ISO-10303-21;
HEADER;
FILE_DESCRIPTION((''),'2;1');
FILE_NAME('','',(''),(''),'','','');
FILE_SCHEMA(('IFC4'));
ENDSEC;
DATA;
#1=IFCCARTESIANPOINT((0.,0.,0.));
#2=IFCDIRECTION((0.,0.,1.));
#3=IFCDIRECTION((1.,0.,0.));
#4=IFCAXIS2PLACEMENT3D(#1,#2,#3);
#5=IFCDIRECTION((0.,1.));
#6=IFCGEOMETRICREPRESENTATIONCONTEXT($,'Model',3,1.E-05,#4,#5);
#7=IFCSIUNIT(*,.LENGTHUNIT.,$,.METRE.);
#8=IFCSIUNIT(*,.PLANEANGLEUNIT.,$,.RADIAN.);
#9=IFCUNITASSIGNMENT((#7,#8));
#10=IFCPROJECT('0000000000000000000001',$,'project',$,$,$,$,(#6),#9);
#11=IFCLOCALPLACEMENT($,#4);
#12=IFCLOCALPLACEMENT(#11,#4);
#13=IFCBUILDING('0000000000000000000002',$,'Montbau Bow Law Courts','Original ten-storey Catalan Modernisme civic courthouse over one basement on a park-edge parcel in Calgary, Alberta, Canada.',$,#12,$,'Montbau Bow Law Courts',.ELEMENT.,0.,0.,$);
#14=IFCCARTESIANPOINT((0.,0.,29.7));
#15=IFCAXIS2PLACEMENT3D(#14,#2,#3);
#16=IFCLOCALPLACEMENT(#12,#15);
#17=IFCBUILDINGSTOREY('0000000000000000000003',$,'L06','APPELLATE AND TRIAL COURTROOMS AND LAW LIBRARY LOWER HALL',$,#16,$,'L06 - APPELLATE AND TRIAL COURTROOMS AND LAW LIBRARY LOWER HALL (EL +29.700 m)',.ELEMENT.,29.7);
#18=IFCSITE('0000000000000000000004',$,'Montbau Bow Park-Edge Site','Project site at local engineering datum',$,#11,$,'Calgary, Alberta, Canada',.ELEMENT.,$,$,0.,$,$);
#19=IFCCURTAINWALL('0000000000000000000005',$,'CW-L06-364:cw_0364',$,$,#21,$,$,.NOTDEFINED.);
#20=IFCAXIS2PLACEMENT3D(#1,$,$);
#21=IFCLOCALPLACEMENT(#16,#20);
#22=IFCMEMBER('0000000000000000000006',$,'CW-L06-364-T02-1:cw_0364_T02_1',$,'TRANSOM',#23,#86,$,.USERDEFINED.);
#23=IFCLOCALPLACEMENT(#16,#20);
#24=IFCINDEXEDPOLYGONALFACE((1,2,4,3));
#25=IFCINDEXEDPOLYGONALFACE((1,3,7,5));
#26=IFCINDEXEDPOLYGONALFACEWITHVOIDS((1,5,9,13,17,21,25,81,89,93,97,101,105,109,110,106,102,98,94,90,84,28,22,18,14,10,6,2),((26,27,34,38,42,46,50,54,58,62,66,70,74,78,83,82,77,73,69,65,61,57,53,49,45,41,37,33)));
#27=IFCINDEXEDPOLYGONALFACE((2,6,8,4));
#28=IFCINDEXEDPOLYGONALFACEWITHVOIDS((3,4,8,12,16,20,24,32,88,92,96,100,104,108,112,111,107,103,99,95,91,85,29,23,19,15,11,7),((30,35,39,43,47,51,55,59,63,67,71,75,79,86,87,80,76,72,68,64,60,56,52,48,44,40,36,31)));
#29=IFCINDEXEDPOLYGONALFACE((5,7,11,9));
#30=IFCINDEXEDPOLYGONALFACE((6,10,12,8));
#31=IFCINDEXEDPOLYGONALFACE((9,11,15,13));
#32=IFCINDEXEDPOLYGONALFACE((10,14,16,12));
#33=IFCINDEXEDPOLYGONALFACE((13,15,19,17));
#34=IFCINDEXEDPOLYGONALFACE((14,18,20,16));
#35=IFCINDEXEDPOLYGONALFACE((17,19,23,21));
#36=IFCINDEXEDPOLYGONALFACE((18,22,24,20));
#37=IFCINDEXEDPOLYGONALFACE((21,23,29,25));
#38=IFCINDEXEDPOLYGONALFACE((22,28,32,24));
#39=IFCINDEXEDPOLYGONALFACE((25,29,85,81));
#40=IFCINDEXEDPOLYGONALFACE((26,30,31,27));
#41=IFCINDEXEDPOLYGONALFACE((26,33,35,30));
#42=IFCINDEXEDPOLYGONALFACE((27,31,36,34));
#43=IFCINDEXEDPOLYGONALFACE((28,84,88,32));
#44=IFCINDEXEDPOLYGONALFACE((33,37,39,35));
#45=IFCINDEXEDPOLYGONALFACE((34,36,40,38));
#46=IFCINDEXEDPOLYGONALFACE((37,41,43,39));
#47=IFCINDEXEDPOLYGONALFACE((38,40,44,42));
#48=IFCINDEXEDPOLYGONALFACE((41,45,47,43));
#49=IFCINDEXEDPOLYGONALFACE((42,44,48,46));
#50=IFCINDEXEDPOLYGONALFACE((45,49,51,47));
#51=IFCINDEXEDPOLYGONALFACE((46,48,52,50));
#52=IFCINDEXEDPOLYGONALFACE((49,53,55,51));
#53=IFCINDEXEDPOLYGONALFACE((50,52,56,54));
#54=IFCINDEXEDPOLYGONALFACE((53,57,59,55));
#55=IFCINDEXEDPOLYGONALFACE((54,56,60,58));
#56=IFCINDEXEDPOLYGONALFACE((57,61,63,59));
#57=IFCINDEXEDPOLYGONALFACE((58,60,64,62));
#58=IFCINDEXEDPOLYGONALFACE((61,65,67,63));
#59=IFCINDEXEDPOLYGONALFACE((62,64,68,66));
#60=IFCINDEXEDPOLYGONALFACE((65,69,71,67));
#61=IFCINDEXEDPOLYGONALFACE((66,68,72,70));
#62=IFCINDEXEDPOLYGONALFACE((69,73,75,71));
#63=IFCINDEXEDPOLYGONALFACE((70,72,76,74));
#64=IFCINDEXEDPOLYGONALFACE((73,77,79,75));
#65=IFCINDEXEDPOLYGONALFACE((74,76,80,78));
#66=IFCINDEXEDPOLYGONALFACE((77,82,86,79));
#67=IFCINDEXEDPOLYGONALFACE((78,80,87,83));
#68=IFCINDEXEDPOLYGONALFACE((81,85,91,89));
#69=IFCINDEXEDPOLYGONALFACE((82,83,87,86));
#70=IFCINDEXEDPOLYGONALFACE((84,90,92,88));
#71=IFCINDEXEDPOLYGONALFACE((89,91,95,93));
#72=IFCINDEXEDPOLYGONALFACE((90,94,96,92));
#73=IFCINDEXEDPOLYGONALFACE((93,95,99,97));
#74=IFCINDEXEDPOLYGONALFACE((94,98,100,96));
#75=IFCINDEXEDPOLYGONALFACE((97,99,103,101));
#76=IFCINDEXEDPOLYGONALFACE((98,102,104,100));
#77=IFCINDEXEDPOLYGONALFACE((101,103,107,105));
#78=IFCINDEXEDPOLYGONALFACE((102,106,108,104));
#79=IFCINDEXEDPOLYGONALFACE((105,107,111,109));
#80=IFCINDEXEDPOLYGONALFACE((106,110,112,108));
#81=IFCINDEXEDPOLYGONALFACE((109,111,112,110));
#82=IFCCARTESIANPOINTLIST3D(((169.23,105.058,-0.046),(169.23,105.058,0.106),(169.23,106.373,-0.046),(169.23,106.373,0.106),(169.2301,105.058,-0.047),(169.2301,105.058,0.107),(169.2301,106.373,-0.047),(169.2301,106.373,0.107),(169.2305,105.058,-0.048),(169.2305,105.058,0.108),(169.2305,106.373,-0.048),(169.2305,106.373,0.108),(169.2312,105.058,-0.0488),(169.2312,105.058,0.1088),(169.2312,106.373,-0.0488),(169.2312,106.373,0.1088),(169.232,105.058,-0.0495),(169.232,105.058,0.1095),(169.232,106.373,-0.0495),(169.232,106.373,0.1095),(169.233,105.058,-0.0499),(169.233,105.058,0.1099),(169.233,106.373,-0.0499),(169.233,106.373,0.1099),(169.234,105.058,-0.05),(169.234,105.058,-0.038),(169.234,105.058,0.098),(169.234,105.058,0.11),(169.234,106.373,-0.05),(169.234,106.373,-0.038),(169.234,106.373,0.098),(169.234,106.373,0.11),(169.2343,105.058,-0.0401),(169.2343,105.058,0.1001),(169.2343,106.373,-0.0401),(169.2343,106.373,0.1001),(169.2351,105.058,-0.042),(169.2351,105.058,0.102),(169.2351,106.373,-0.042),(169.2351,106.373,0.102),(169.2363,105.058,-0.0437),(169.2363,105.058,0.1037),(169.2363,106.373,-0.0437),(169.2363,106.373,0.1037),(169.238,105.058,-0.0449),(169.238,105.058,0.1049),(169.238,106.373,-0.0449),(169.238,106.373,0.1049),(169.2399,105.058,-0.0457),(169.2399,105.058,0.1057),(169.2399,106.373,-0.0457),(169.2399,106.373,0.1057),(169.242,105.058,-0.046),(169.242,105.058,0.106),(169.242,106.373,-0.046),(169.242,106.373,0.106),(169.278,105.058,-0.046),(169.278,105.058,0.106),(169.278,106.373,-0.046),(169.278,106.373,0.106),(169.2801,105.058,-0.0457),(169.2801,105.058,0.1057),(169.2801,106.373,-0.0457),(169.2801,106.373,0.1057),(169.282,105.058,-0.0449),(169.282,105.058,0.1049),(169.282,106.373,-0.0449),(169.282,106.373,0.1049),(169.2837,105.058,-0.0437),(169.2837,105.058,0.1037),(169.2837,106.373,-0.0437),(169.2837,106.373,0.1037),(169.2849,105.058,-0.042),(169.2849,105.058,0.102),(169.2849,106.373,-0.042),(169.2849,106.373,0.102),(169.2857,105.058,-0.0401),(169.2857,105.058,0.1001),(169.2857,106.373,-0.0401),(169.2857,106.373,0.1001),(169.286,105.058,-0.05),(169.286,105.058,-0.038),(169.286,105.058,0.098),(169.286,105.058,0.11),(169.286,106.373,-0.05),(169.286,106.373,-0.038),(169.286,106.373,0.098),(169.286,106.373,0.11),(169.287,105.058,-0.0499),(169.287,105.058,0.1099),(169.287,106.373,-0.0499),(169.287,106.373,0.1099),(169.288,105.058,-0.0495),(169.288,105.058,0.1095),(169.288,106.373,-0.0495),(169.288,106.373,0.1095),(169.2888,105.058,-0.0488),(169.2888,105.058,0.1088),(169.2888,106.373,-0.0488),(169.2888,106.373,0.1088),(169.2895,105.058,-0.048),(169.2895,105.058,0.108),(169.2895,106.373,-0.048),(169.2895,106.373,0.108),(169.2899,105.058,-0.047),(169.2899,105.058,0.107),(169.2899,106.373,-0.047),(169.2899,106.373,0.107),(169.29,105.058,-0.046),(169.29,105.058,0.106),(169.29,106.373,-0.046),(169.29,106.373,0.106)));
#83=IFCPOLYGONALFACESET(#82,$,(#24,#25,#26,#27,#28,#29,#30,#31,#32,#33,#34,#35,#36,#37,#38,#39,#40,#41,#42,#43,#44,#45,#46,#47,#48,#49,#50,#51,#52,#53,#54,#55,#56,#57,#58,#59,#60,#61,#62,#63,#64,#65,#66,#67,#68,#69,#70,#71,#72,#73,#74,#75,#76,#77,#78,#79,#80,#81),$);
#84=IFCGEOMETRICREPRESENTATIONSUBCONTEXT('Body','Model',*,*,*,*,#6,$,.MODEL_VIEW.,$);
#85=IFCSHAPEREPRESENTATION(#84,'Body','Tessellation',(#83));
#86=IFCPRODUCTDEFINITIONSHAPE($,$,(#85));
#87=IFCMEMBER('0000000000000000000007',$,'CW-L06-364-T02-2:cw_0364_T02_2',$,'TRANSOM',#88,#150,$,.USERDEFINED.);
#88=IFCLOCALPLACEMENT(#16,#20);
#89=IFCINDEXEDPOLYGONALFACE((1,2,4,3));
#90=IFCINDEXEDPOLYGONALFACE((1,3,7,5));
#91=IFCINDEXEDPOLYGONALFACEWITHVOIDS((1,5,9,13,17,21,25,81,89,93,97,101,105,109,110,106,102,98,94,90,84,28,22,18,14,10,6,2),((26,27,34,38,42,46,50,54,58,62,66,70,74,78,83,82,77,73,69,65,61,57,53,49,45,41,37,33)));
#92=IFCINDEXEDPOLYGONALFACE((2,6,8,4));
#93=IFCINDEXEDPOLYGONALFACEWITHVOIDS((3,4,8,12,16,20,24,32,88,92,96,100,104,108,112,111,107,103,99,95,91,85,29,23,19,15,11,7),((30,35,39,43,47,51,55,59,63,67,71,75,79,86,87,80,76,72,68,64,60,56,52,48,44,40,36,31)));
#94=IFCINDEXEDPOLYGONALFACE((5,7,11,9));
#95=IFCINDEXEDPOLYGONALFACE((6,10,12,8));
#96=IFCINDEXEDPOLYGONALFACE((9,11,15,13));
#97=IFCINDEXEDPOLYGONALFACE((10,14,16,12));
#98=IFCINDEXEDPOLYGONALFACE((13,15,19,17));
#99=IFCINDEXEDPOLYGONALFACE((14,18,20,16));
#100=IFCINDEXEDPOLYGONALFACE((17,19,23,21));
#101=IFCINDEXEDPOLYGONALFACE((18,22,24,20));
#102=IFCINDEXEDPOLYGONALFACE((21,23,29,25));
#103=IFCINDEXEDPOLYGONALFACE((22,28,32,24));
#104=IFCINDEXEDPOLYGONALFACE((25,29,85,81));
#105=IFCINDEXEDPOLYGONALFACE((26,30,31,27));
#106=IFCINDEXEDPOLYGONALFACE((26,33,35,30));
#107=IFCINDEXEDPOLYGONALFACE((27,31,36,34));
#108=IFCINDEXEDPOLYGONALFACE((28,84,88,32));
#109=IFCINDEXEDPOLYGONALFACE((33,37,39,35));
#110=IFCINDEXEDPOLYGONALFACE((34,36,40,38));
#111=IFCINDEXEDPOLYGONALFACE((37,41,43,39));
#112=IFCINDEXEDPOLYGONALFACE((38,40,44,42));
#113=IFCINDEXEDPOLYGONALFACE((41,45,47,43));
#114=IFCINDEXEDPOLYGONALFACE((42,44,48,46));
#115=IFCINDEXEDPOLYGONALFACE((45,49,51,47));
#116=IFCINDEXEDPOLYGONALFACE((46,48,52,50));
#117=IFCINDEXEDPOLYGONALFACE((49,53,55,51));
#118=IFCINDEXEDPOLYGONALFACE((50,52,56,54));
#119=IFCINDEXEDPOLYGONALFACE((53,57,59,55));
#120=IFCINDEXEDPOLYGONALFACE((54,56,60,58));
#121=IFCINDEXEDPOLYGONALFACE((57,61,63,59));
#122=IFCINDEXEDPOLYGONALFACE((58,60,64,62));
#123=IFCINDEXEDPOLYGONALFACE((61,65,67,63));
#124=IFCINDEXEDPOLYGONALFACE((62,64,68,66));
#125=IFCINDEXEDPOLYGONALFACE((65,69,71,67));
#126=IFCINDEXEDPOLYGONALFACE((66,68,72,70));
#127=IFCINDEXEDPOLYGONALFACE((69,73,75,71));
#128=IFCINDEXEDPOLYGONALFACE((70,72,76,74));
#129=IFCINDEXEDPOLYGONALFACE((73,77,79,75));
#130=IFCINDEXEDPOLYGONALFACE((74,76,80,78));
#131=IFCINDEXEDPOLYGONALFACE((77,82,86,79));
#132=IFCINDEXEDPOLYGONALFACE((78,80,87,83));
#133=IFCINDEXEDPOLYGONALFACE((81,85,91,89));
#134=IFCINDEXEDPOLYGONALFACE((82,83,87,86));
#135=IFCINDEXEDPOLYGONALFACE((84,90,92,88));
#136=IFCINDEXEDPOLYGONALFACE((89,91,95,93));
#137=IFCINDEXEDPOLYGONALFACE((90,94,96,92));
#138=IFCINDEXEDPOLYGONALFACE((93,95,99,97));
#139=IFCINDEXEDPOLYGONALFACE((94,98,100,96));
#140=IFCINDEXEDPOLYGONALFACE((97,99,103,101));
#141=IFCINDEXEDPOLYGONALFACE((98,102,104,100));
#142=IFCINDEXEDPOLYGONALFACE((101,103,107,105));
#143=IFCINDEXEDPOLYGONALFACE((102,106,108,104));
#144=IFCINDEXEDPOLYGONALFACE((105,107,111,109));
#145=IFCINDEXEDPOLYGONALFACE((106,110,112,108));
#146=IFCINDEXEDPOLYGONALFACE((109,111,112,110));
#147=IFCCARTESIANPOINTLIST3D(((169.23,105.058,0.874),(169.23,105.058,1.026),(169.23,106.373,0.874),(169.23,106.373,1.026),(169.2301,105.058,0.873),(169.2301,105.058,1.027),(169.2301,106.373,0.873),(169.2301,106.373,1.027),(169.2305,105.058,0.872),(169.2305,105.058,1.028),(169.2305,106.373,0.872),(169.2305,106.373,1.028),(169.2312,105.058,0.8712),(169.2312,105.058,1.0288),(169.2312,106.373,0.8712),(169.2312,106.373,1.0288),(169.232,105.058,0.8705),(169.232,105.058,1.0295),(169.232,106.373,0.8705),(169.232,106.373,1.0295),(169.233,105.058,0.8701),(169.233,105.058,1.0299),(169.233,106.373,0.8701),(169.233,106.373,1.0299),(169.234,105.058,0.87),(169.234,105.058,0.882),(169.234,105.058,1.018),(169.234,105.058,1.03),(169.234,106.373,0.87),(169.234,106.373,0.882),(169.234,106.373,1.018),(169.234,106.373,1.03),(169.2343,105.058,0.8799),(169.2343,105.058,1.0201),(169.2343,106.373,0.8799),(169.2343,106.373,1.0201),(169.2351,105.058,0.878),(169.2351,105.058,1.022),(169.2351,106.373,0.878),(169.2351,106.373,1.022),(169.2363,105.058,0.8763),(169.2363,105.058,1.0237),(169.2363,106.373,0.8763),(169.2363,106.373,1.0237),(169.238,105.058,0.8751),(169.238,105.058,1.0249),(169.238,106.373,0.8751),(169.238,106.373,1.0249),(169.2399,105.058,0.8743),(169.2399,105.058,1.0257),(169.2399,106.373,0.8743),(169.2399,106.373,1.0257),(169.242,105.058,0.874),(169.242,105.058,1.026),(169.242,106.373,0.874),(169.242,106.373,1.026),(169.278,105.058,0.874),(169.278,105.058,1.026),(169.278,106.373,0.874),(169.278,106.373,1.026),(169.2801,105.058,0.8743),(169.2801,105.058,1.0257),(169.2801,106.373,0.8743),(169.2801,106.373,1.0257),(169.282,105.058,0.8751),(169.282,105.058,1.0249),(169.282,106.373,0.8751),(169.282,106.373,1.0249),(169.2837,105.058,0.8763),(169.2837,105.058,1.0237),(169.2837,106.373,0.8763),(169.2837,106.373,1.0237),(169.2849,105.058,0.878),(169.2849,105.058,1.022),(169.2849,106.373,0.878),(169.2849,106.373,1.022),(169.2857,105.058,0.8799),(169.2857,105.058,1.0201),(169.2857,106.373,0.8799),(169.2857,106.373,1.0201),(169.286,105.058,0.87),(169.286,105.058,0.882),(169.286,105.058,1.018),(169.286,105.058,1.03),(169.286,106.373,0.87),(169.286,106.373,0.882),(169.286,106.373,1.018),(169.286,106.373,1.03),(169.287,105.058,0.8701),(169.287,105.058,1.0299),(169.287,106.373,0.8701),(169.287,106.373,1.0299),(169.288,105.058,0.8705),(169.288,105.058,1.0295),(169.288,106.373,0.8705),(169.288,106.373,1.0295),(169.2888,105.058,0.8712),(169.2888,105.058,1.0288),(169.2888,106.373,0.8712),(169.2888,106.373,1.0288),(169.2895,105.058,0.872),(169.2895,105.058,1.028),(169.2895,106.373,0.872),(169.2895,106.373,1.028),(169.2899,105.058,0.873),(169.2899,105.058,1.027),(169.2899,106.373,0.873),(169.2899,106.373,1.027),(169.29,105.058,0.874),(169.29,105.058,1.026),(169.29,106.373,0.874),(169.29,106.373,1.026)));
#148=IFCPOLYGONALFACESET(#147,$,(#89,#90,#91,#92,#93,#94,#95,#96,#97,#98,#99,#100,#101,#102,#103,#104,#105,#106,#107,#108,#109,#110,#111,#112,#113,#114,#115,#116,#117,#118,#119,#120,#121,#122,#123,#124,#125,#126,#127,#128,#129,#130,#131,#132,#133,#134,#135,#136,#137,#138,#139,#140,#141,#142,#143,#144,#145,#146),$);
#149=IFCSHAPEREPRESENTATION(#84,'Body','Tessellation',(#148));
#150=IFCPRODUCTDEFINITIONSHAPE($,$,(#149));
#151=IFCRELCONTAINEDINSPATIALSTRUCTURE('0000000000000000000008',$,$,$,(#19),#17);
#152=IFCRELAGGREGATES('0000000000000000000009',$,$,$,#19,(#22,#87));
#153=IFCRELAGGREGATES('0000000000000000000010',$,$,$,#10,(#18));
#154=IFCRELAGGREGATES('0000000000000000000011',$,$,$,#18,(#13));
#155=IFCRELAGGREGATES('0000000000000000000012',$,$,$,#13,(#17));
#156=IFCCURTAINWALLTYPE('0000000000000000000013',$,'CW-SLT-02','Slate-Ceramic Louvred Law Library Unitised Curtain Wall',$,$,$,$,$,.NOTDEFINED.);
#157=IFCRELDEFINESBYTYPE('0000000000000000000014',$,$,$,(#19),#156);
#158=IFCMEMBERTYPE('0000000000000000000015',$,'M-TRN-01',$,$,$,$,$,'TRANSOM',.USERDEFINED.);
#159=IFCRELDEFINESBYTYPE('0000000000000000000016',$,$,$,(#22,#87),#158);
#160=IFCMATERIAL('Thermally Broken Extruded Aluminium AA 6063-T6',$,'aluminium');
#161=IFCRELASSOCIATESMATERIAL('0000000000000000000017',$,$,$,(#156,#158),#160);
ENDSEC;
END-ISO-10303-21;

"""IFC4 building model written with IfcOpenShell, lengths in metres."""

from ifc_helpers import new_model, si_unit, direction, frame, origin_with_axes, origin_2d_with_axis, place, context, subcontext, project, spatial, hollow_rectangle, extrude, material, material_profile, profile_set, type_object, element, aggregate, save


model = new_model("IFC4")

# Units and contexts
model_context = context("Model", 3, precision=1e-05, world=origin_with_axes(), true_north=direction((0.0, 1.0)))
body_context = subcontext(model_context, "Body", "Model", "MODEL_VIEW")
ifc_project = project(units=[si_unit("LENGTHUNIT", "METRE"), si_unit("PLANEANGLEUNIT", "RADIAN")], contexts=[model_context])

# Site, building, storey
site_placement = place(None, origin_with_axes())
site = spatial("IfcSite", under=ifc_project, at=site_placement, Name="Montbau Bow Park-Edge Site", Description="Project site at local engineering datum", LongName="Calgary, Alberta, Canada", CompositionType="ELEMENT", RefElevation=0.0)
building_placement = place(site_placement, origin_with_axes())
building = spatial("IfcBuilding", under=site, at=building_placement, Name="Montbau Bow Law Courts", Description="Original ten-storey Catalan Modernisme civic courthouse over one basement on a park-edge parcel in Calgary, Alberta, Canada.", LongName="Montbau Bow Law Courts", CompositionType="ELEMENT", ElevationOfRefHeight=0.0, ElevationOfTerrain=0.0)
storey_placement = place(building_placement, frame((0.0, 0.0, 29.7), z_axis=(0.0, 0.0, 1.0), x_axis=(1.0, 0.0, 0.0)))
storey = spatial("IfcBuildingStorey", under=building, at=storey_placement, Name="L06", Description="APPELLATE AND TRIAL COURTROOMS AND LAW LIBRARY LOWER HALL", LongName="L06 - APPELLATE AND TRIAL COURTROOMS AND LAW LIBRARY LOWER HALL (EL +29.700 m)", CompositionType="ELEMENT", Elevation=29.7)

# Shared definitions
ifc_material_1 = material(Name="Thermally Broken Extruded Aluminium AA 6063-T6", Category="aluminium")
curtain_wall_type = type_object("IfcCurtainWallType", Name="CW-SLT-02", Description="Slate-Ceramic Louvred Law Library Unitised Curtain Wall", PredefinedType="NOTDEFINED", material=ifc_material_1)

# Curtain wall, members
curtain_wall_1_placement = place(None, frame((169.26, 103.64, 29.7), z_axis=(0.0, 0.0, 1.0), x_axis=(1.0, 0.0, 0.0)))
curtain_wall_1 = element("IfcCurtainWall", 1, at=curtain_wall_1_placement, inside=storey, type_object=curtain_wall_type, Name="CW-L06-364:cw_0364", PredefinedType="NOTDEFINED")
ifc_material_profile_1 = material_profile(ifc_material_1, hollow_rectangle(XDim=0.06, YDim=0.16, WallThickness=0.004, InnerFilletRadius=0.008, OuterFilletRadius=0.004, at=origin_2d_with_axis()), Name="CWT-160X60", Category="Main", Priority=0)
ifc_profile_set_1 = profile_set([ifc_material_profile_1], Name="Thermally Broken Extruded Aluminium AA 6063-T6")
member_type_1 = type_object("IfcMemberType", Name="M-TRN-01", ElementType="TRANSOM", PredefinedType="USERDEFINED", material=ifc_profile_set_1)
member_1_placement = place(None, frame((169.26, 105.058, 29.73), z_axis=(0.0, 1.0, 0.0), x_axis=(-1.0, 0.0, 0.0)))
member_1 = element("IfcMember", 2, at=member_1_placement, type_object=member_type_1, Name="CW-L06-364-T02-1:cw_0364_T02_1", ObjectType="TRANSOM", PredefinedType="USERDEFINED", context=body_context, shape_type="SweptSolid", body=[
    extrude(hollow_rectangle(XDim=0.06, YDim=0.16, WallThickness=0.004, InnerFilletRadius=0.008, OuterFilletRadius=0.004, at=origin_2d_with_axis()), origin_with_axes(), (0.0, 0.0, 1.0), 1.315),
])
member_2_placement = place(None, frame((169.26, 105.058, 30.65), z_axis=(0.0, 1.0, 0.0), x_axis=(-1.0, 0.0, 0.0)))
member_2 = element("IfcMember", 3, at=member_2_placement, type_object=member_type_1, Name="CW-L06-364-T02-2:cw_0364_T02_2", ObjectType="TRANSOM", PredefinedType="USERDEFINED", context=body_context, shape_type="SweptSolid", body=[
    extrude(hollow_rectangle(XDim=0.06, YDim=0.16, WallThickness=0.004, InnerFilletRadius=0.008, OuterFilletRadius=0.004, at=origin_2d_with_axis()), origin_with_axes(), (0.0, 0.0, 1.0), 1.315),
])

aggregate(curtain_wall_1, [member_1, member_2])

save(model, "model.ifc")
